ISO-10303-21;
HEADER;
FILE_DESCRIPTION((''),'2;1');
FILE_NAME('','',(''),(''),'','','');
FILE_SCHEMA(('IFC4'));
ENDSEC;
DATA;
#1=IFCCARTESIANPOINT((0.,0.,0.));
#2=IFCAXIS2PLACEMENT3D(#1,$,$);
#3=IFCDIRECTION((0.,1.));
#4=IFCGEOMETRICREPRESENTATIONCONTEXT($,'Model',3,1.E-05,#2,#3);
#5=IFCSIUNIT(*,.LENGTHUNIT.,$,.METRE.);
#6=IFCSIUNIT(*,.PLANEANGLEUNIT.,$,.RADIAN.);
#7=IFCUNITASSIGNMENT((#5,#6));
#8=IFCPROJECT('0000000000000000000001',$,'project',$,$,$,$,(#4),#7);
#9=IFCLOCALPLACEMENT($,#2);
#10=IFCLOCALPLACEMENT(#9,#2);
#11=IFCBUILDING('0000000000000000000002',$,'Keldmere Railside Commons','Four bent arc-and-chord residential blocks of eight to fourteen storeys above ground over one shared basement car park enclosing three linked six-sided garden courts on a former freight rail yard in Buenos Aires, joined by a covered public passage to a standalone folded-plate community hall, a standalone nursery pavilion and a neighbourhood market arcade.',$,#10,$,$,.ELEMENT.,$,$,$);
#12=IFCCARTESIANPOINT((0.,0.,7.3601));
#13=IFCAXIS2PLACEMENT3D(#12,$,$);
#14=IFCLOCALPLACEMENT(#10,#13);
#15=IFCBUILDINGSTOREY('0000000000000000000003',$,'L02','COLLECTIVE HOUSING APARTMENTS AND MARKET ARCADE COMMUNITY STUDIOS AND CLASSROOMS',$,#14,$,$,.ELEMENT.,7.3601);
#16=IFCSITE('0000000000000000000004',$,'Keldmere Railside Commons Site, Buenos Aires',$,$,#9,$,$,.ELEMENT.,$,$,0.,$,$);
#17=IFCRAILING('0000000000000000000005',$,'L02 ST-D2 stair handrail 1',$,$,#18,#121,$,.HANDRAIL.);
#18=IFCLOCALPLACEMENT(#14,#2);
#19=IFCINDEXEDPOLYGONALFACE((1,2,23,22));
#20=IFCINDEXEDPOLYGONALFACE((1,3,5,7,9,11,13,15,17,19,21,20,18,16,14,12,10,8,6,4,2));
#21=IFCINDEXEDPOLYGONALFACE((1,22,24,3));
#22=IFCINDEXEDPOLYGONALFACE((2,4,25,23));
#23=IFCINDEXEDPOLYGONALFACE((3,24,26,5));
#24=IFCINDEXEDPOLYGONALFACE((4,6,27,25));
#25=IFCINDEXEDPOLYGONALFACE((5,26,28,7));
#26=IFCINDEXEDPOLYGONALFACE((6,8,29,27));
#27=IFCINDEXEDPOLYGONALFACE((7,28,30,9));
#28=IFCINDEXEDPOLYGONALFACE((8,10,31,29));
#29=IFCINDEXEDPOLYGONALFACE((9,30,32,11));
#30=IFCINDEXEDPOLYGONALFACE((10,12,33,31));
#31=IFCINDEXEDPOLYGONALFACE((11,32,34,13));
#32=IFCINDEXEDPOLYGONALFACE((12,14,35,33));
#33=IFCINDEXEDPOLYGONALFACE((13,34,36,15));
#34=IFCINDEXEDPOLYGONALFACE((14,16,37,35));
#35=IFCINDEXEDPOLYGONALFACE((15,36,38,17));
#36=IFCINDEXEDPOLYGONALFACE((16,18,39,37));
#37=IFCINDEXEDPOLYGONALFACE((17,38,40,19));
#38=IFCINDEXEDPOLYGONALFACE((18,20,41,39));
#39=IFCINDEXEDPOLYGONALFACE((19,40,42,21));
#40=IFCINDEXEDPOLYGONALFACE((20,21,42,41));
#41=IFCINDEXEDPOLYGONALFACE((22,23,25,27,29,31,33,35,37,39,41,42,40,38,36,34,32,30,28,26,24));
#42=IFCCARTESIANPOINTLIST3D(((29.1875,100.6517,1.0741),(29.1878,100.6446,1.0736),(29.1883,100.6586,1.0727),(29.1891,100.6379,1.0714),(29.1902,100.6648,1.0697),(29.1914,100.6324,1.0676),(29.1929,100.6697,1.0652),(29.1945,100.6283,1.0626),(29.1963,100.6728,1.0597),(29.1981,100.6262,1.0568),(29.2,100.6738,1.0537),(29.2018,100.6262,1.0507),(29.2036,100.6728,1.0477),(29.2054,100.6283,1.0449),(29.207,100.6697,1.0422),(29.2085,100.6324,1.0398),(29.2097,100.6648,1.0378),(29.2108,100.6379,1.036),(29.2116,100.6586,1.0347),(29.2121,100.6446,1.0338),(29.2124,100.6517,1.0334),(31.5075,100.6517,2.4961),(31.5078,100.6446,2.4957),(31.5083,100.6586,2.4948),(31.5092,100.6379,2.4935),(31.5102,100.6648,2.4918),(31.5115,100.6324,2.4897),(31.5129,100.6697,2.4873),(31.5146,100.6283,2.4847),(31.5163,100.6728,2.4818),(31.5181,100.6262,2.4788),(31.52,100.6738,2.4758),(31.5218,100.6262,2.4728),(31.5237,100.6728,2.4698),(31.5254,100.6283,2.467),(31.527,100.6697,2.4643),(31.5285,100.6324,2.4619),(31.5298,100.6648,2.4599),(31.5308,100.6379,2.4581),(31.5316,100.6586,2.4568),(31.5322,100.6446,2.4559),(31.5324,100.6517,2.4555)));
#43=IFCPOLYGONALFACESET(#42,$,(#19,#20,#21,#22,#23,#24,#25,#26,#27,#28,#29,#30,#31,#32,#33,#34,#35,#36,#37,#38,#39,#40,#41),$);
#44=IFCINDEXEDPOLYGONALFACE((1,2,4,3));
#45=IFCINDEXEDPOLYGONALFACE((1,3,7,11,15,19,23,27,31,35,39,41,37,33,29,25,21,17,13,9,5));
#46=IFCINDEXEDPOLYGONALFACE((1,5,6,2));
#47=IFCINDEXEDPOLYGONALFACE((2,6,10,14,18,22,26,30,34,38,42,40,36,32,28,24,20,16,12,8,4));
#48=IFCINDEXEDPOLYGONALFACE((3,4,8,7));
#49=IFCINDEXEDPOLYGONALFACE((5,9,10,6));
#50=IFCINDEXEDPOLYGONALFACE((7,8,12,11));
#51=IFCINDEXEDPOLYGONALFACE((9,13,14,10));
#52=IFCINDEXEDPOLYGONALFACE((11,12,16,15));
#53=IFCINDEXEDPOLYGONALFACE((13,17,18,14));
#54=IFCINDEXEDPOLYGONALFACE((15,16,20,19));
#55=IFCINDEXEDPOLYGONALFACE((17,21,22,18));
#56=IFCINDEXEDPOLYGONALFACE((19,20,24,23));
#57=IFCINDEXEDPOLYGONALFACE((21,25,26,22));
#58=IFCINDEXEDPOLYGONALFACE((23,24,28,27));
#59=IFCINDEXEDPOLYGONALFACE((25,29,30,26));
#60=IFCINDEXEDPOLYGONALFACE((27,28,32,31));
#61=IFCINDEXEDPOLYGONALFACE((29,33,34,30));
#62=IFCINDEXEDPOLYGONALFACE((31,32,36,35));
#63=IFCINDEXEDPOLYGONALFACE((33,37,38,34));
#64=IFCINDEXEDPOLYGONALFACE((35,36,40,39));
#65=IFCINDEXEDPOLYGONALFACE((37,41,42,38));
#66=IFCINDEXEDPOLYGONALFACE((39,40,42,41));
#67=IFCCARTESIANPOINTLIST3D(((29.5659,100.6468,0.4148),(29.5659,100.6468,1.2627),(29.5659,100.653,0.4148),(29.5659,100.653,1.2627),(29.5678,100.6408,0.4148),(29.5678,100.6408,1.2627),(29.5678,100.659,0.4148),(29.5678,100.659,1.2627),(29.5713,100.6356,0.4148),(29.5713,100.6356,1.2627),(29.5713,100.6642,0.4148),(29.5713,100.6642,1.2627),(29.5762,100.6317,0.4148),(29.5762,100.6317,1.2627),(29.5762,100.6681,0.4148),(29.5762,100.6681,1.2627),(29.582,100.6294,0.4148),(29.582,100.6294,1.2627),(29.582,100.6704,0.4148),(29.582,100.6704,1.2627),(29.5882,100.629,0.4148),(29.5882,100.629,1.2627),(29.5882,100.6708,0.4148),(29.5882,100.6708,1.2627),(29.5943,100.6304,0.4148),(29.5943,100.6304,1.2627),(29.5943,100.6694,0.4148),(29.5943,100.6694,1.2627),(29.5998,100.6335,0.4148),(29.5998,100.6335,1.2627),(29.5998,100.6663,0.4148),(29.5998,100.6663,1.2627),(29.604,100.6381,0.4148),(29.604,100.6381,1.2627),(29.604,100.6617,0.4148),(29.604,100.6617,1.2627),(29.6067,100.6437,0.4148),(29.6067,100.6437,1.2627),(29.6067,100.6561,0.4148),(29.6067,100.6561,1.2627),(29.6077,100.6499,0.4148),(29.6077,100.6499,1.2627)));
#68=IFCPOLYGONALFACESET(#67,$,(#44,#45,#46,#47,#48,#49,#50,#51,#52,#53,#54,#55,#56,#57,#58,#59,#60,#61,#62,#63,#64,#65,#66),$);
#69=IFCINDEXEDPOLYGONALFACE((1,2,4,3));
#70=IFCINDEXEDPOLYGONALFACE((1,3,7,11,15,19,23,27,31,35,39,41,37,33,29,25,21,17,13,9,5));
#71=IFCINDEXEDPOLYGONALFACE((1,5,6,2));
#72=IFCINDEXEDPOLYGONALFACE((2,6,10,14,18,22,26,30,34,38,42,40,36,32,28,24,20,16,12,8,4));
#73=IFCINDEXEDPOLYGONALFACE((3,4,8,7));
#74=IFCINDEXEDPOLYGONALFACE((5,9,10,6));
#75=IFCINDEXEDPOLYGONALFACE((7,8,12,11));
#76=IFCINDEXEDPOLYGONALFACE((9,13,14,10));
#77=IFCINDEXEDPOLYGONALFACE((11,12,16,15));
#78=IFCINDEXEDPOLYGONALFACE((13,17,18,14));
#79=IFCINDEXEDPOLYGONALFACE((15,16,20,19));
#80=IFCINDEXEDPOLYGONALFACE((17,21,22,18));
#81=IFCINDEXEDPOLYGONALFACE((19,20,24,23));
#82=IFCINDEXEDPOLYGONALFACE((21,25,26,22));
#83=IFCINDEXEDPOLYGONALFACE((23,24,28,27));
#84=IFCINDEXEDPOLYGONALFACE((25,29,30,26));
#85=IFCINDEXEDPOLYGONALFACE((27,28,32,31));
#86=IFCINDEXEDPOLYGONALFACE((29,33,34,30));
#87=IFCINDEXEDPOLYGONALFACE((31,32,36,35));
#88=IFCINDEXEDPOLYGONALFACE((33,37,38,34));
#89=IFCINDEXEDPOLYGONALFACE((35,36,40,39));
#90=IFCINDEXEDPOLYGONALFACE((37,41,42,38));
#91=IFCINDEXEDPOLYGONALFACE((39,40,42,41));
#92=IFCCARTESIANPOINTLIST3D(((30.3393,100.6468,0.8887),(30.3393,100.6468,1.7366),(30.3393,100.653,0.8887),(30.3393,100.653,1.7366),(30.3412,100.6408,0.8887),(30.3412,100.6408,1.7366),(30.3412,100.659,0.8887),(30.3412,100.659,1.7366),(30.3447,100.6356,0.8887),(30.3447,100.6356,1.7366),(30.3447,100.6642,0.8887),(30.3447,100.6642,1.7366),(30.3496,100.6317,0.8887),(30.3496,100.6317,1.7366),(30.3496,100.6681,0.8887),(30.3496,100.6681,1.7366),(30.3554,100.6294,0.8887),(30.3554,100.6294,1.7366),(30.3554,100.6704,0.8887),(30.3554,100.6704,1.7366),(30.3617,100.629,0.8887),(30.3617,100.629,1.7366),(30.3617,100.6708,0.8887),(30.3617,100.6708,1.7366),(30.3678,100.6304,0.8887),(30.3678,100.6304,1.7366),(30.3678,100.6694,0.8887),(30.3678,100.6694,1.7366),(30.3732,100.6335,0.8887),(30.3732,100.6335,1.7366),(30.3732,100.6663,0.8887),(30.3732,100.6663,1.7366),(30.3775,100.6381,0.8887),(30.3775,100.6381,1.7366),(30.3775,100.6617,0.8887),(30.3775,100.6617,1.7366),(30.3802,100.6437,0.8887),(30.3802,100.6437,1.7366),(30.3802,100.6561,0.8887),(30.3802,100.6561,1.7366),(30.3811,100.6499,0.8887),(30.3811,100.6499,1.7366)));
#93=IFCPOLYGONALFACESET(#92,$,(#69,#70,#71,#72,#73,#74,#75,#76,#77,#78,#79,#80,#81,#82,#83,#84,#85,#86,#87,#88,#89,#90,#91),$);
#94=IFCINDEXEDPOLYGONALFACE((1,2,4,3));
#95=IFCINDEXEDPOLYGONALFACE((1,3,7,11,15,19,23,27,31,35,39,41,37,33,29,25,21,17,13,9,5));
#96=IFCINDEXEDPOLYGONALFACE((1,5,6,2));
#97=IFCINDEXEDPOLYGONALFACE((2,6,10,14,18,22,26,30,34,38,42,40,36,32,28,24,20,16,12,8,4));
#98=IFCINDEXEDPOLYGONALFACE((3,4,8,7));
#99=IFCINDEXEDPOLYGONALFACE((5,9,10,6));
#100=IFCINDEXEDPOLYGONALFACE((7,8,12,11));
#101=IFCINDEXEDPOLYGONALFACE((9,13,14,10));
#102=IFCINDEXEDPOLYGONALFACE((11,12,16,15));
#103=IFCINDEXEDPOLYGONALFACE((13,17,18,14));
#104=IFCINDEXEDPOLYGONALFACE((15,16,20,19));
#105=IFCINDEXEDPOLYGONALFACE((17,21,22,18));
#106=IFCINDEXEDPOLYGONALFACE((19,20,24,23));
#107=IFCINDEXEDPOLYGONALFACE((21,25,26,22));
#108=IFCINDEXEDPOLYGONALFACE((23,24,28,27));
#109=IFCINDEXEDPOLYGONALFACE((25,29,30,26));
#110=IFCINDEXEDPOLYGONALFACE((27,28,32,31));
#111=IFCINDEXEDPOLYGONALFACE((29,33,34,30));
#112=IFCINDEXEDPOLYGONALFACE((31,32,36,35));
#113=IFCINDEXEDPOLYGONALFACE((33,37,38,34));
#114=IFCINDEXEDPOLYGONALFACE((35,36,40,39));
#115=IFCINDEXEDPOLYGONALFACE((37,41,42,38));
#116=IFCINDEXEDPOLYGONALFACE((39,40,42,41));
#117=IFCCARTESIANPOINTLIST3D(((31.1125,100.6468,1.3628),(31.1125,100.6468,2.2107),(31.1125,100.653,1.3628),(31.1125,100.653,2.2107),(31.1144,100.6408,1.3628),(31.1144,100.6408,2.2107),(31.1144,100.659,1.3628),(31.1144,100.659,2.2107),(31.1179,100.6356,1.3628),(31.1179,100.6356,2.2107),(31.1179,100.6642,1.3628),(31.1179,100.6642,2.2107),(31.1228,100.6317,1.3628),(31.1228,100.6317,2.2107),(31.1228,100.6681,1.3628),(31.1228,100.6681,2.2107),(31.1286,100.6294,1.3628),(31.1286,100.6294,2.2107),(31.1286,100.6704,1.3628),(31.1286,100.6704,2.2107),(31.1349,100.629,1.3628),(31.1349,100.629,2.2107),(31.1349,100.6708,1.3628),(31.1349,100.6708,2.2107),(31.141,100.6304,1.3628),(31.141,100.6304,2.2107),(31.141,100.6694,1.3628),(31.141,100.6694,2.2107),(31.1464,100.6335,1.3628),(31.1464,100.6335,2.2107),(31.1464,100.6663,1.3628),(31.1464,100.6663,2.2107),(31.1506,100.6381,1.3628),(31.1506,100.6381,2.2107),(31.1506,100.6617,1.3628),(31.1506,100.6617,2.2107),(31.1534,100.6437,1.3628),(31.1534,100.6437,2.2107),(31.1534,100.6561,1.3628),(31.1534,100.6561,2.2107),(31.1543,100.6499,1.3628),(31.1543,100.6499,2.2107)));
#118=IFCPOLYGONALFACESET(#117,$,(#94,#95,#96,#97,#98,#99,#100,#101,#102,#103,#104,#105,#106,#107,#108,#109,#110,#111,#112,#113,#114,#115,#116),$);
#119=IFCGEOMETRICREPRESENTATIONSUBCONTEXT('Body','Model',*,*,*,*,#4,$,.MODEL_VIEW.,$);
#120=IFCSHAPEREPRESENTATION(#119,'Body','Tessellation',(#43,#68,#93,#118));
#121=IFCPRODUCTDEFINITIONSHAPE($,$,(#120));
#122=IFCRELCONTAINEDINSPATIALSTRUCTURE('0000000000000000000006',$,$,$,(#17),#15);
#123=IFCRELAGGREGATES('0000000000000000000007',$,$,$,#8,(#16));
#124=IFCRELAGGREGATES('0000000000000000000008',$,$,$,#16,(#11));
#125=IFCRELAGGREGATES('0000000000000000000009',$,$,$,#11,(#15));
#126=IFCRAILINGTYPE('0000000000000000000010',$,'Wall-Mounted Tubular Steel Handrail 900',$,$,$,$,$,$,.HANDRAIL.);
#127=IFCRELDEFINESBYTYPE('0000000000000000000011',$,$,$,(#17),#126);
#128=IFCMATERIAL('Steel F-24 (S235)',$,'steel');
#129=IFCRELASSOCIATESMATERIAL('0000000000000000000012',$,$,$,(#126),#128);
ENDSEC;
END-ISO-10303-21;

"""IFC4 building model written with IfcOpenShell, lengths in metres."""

from ifc_helpers import new_model, si_unit, direction, frame, origin, origin_2d, place, context, subcontext, project, spatial, circle, extrude, material, type_object, element, save


model = new_model("IFC4")

# Units and contexts
model_context = context("Model", 3, precision=1e-05, world=origin(), true_north=direction((0.0, 1.0)))
body_context = subcontext(model_context, "Body", "Model", "MODEL_VIEW")
ifc_project = project(units=[si_unit("LENGTHUNIT", "METRE"), si_unit("PLANEANGLEUNIT", "RADIAN")], contexts=[model_context])

# Site, building, storey
site_placement = place(None, origin())
site = spatial("IfcSite", under=ifc_project, at=site_placement, Name="Keldmere Railside Commons Site, Buenos Aires", CompositionType="ELEMENT", RefElevation=0.0)
building_placement = place(site_placement, origin())
building = spatial("IfcBuilding", under=site, at=building_placement, Name="Keldmere Railside Commons", Description="Four bent arc-and-chord residential blocks of eight to fourteen storeys above ground over one shared basement car park enclosing three linked six-sided garden courts on a former freight rail yard in Buenos Aires, joined by a covered public passage to a standalone folded-plate community hall, a standalone nursery pavilion and a neighbourhood market arcade.", CompositionType="ELEMENT")
storey_placement = place(building_placement, frame((0.0, 0.0, 7.3601)))
storey = spatial("IfcBuildingStorey", under=building, at=storey_placement, Name="L02", Description="COLLECTIVE HOUSING APARTMENTS AND MARKET ARCADE COMMUNITY STUDIOS AND CLASSROOMS", CompositionType="ELEMENT", Elevation=7.3601)

# Railing
ifc_material_1 = material(Name="Steel F-24 (S235)", Category="steel")
railing_type_1 = type_object("IfcRailingType", Name="Wall-Mounted Tubular Steel Handrail 900", PredefinedType="HANDRAIL", material=ifc_material_1)
railing_1_placement = place(storey_placement, frame((29.2, 100.6499, 0.1777)))
element("IfcRailing", 1, at=railing_1_placement, inside=storey, type_object=railing_type_1, Name="L02 ST-D2 stair handrail 1", PredefinedType="HANDRAIL", context=body_context, shape_type="SweptSolid", body=[
    extrude(circle(Radius=0.0239, at=origin_2d()), frame((0.0, 0.0, 0.876), z_axis=(0.852578, 0.0, 0.5226), x_axis=(0.0, 1.0, 0.0)), (0.0, 0.0, 1.0), 2.7212),
    extrude(circle(Radius=0.021, at=origin_2d()), frame((0.3867, 0.0, 0.2371)), (0.0, 0.0, 1.0), 0.8479),
    extrude(circle(Radius=0.021, at=origin_2d()), frame((1.1602, 0.0, 0.7109)), (0.0, 0.0, 1.0), 0.8479),
    extrude(circle(Radius=0.021, at=origin_2d()), frame((1.9333, 0.0, 1.1851)), (0.0, 0.0, 1.0), 0.8479),
])

save(model, "model.ifc")
